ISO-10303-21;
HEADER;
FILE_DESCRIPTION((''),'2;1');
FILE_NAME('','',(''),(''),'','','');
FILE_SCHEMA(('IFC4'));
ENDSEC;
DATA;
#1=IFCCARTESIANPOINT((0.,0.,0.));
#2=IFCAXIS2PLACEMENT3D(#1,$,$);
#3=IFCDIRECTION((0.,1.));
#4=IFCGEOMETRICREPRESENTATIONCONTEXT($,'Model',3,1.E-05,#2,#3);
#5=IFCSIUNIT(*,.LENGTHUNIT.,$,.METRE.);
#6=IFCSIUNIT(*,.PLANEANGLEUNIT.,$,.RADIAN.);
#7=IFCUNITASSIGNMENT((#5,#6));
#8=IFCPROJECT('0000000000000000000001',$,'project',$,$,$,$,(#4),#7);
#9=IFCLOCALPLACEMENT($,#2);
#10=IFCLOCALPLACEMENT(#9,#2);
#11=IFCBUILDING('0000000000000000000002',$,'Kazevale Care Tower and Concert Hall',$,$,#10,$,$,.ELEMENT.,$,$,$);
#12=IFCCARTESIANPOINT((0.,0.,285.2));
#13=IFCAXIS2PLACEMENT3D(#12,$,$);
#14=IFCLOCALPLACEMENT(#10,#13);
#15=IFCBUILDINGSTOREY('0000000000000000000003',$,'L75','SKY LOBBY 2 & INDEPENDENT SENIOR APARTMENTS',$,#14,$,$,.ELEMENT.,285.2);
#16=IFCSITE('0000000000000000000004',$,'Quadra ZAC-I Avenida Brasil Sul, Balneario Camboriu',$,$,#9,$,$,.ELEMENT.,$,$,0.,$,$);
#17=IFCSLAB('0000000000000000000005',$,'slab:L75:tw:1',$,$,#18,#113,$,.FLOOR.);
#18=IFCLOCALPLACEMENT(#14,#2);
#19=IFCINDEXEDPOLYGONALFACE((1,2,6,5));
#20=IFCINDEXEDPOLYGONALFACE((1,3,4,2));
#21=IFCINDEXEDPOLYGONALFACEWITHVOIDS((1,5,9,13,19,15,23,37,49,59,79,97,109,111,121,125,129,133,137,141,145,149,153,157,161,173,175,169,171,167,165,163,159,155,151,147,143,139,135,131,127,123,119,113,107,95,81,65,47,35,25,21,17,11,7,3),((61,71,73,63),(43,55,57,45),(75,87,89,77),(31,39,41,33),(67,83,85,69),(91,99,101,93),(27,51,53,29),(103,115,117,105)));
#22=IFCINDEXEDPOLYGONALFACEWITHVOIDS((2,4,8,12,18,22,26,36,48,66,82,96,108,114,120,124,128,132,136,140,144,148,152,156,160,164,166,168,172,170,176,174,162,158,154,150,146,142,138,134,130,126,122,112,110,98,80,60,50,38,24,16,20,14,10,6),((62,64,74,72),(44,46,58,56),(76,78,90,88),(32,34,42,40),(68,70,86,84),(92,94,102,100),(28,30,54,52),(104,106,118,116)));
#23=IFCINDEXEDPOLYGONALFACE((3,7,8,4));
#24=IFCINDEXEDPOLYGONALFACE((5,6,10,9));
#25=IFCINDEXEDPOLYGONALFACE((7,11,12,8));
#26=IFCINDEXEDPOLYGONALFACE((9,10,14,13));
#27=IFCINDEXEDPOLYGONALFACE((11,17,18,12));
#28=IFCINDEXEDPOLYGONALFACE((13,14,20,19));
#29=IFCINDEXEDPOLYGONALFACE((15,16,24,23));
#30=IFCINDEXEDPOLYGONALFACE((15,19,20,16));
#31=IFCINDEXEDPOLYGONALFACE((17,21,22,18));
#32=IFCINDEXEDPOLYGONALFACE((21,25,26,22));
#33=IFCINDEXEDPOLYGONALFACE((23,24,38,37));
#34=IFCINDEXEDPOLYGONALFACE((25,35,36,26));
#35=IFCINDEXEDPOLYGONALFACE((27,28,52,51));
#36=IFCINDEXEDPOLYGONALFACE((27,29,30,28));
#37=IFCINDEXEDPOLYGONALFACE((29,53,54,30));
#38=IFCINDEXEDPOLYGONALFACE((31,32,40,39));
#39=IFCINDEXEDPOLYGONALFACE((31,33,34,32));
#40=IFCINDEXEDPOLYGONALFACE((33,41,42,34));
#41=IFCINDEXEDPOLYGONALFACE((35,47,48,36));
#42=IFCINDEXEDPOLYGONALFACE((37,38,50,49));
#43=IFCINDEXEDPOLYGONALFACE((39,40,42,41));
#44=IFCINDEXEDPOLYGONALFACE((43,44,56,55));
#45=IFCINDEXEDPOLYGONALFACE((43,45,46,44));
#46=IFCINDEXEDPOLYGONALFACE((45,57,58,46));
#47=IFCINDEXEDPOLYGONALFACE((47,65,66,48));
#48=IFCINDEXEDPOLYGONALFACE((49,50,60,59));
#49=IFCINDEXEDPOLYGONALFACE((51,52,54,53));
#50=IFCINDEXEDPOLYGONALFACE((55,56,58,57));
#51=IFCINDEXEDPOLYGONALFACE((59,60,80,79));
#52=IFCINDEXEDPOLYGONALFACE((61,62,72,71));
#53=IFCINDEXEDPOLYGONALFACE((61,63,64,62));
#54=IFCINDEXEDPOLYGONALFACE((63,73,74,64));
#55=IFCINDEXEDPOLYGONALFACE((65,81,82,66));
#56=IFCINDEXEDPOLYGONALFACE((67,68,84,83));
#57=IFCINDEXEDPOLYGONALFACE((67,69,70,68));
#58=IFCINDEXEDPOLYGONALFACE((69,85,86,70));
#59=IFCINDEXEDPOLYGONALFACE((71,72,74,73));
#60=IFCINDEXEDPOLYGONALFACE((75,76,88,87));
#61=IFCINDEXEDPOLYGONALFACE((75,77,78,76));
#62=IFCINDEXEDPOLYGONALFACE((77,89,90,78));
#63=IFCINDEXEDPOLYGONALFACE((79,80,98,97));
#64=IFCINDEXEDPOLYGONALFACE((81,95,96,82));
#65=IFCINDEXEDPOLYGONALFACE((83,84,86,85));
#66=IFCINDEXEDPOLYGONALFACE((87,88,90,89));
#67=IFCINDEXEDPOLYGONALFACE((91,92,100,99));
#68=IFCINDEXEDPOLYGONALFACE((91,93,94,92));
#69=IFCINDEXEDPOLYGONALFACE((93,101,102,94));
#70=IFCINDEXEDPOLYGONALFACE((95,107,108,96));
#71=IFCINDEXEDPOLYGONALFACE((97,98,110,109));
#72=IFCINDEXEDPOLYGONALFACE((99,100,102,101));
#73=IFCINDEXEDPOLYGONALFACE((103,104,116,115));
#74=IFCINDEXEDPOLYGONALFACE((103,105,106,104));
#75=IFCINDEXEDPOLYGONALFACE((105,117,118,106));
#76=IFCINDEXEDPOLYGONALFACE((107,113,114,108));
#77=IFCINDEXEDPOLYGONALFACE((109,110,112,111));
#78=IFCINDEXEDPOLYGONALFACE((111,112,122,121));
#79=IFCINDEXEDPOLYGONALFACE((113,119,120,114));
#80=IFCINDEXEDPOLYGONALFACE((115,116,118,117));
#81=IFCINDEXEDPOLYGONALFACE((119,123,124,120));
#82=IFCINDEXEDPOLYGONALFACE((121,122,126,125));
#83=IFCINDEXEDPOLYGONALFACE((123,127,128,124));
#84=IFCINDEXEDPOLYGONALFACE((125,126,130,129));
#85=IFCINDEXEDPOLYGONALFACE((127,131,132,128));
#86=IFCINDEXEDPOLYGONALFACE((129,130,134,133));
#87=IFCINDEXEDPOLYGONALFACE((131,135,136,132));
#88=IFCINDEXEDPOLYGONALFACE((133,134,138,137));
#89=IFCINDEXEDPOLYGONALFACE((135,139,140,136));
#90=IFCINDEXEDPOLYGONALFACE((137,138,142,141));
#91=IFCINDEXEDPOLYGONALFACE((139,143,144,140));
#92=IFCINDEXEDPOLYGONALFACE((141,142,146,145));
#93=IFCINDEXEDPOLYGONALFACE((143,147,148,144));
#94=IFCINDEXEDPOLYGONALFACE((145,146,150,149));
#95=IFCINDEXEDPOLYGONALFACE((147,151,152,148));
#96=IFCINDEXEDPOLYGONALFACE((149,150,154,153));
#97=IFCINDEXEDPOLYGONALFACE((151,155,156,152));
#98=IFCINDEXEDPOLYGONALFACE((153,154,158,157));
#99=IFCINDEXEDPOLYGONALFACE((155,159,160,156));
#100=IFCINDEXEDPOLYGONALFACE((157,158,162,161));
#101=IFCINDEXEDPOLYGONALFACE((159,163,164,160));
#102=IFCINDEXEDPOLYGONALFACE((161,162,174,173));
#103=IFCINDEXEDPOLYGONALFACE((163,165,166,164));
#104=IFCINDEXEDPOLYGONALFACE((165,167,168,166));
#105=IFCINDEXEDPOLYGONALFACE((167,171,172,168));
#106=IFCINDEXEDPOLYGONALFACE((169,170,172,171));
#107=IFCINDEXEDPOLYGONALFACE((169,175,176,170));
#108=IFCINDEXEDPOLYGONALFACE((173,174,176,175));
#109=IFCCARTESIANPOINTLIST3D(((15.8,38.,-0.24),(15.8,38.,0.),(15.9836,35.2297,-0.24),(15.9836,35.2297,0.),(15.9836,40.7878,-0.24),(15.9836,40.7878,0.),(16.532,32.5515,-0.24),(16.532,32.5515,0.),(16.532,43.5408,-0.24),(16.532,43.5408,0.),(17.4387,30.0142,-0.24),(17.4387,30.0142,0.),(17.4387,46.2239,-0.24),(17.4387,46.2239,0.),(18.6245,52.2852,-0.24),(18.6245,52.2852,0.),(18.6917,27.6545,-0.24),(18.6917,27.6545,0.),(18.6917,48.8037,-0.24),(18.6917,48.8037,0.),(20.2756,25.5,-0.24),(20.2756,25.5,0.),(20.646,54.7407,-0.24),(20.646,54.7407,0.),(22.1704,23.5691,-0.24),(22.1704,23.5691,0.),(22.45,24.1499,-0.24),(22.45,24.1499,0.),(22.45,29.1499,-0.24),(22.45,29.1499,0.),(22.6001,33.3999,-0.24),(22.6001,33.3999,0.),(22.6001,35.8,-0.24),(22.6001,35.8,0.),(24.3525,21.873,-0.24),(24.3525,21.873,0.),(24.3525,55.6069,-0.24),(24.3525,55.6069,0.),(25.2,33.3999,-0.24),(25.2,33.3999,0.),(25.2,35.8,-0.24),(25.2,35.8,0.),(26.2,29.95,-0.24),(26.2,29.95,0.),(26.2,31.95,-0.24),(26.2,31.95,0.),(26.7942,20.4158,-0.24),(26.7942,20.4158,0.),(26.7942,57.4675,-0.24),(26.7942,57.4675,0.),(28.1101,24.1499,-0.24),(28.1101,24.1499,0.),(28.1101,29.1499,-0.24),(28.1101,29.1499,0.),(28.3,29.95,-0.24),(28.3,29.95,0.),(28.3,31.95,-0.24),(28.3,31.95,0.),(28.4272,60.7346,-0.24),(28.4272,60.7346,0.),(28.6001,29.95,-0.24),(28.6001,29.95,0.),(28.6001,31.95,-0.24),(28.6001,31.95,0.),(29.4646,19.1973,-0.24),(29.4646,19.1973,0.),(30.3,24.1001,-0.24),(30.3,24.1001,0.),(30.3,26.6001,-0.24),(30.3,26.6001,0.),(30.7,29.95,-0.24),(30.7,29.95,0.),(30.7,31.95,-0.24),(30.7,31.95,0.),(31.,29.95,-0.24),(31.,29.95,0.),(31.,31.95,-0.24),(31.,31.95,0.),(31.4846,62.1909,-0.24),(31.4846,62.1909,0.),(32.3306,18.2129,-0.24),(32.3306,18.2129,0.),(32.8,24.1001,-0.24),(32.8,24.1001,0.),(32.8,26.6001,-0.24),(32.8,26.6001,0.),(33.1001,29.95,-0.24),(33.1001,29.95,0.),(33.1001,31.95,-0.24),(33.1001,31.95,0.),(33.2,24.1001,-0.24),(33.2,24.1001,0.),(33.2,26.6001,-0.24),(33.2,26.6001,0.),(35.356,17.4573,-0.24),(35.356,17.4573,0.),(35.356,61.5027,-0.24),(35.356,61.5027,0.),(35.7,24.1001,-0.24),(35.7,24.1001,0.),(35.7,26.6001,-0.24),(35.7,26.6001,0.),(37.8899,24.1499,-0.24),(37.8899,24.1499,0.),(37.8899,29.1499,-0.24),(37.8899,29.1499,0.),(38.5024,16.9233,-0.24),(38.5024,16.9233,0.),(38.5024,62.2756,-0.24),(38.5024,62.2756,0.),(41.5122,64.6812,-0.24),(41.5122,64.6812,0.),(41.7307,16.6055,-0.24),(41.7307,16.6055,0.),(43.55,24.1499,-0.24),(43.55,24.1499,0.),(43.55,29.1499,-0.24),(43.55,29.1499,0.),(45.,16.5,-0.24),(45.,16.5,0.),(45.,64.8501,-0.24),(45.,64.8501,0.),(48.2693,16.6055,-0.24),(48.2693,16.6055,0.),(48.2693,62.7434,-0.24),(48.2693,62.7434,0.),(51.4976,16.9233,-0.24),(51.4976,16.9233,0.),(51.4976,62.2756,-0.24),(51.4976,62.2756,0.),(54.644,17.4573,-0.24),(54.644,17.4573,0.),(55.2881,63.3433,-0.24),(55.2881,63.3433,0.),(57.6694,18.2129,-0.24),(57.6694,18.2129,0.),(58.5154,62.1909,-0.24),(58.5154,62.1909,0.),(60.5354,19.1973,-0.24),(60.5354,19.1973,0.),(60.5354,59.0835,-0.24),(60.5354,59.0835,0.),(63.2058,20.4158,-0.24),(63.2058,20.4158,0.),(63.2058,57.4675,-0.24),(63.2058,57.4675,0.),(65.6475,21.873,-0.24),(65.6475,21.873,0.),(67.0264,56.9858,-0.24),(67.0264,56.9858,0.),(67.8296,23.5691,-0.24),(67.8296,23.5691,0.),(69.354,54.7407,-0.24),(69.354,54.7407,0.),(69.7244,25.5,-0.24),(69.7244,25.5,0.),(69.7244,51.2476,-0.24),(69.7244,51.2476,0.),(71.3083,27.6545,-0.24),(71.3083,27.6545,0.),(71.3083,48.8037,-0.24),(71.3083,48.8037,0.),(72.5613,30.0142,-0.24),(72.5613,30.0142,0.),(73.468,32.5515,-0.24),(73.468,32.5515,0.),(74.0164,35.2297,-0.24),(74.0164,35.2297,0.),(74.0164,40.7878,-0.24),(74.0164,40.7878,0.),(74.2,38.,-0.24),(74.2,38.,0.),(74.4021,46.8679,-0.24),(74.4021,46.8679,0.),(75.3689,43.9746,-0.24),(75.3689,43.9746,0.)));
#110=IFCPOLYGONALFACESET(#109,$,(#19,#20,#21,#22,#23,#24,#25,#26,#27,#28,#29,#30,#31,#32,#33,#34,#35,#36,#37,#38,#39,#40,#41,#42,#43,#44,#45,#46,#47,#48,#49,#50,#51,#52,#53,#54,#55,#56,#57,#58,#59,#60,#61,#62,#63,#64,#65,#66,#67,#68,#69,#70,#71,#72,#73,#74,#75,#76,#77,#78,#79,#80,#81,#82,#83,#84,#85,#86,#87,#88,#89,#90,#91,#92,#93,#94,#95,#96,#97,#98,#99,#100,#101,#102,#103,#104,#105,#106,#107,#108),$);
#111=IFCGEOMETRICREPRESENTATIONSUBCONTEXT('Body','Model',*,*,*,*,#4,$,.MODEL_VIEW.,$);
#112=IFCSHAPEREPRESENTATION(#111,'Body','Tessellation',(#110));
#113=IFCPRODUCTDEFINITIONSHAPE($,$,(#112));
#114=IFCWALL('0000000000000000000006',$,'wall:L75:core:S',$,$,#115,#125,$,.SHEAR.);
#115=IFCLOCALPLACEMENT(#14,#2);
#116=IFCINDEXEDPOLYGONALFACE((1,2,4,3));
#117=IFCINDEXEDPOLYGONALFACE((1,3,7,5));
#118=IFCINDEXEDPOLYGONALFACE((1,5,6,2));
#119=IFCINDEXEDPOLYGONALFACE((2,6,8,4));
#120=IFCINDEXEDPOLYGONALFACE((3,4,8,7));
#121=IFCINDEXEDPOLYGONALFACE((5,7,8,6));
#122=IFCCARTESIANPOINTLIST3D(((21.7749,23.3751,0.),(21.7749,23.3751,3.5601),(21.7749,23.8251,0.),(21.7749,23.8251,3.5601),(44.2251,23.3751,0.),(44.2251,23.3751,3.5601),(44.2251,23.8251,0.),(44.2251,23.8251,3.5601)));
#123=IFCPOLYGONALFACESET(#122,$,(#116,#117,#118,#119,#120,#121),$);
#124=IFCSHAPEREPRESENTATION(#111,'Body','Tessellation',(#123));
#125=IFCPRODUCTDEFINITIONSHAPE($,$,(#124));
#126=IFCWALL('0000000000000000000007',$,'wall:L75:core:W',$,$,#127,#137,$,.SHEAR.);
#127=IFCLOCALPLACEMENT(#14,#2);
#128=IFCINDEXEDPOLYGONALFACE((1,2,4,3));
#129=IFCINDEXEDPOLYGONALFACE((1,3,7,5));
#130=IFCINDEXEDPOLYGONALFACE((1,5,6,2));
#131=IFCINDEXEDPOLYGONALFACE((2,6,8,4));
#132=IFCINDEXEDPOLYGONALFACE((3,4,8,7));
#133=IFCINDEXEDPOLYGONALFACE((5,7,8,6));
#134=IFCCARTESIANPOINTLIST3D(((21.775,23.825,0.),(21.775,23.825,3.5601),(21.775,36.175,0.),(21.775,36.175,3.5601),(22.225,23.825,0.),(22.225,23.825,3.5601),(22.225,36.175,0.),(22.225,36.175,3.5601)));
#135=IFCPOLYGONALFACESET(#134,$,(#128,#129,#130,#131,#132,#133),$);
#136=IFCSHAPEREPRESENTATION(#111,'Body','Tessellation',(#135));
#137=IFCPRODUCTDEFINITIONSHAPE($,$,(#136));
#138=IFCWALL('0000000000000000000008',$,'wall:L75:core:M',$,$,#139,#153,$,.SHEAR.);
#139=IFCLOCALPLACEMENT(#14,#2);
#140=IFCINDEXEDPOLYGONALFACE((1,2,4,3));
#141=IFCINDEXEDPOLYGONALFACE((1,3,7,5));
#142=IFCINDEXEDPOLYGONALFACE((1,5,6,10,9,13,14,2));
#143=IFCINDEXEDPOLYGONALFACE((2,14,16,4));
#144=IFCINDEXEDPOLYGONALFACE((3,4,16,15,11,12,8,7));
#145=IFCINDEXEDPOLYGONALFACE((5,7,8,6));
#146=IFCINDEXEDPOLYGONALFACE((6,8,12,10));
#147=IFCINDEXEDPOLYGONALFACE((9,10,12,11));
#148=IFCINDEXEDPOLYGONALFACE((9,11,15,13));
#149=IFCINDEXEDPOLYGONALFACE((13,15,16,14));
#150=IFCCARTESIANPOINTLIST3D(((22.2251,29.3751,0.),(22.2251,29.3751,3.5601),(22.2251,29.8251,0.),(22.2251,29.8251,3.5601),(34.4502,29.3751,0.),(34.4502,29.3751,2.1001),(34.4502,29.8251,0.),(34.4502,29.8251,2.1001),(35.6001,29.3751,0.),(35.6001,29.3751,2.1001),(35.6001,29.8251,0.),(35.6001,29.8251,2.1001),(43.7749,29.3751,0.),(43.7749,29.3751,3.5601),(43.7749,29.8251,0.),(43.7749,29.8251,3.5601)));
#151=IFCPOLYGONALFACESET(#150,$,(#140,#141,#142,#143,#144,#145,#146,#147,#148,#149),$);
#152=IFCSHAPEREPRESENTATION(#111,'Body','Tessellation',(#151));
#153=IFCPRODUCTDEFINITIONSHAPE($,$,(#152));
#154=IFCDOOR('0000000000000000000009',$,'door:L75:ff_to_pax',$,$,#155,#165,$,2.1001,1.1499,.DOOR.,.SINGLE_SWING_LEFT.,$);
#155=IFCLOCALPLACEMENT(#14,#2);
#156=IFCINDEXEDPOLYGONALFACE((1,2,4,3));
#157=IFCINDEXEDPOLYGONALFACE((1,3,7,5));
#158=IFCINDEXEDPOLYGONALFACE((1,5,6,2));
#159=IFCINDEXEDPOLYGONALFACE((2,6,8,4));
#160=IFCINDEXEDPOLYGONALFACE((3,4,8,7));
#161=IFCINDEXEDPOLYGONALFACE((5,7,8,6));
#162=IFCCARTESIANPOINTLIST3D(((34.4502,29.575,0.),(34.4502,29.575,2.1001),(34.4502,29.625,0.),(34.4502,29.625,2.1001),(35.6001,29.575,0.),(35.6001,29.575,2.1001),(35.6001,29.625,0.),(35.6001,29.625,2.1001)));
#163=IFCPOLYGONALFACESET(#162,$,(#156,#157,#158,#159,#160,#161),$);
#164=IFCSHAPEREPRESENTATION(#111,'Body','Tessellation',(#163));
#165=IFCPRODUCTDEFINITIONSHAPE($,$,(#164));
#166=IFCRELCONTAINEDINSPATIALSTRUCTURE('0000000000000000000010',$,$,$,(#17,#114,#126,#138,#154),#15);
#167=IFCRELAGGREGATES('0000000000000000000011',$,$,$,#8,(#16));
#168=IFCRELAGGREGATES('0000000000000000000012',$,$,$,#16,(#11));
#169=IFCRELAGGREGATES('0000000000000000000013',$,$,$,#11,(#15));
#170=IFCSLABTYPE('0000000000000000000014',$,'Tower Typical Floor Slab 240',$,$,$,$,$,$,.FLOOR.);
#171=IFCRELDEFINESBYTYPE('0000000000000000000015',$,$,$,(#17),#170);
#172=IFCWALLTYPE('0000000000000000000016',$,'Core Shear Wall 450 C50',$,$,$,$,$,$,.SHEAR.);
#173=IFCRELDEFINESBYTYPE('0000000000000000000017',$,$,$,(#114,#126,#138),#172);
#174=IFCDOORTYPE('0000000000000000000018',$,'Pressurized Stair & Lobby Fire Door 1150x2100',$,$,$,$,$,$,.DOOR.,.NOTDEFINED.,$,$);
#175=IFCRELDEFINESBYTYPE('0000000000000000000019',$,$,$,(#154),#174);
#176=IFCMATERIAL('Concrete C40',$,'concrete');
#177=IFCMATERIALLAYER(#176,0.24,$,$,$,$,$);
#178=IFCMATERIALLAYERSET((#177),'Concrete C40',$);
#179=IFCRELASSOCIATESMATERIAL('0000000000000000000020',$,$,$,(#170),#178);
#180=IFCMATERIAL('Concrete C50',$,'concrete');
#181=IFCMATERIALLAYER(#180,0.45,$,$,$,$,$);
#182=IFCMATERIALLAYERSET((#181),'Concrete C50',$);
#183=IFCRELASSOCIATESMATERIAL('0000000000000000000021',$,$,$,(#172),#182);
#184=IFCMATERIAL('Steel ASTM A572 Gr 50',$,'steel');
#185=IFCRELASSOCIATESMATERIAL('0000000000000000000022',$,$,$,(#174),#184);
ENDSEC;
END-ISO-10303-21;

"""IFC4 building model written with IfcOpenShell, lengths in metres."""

from ifc_helpers import new_model, si_unit, direction, frame, frame_2d, origin, place, context, subcontext, project, spatial, polyline, rectangle, outline, extrude, material, layer, layer_set, type_object, element, fill, save


model = new_model("IFC4")

# Units and contexts
model_context = context("Model", 3, precision=1e-05, world=origin(), true_north=direction((0.0, 1.0)))
body_context = subcontext(model_context, "Body", "Model", "MODEL_VIEW")
ifc_project = project(units=[si_unit("LENGTHUNIT", "METRE"), si_unit("PLANEANGLEUNIT", "RADIAN")], contexts=[model_context])

# Site, building, storey
site_placement = place(None, origin())
site = spatial("IfcSite", under=ifc_project, at=site_placement, Name="Quadra ZAC-I Avenida Brasil Sul, Balneario Camboriu", CompositionType="ELEMENT", RefElevation=0.0)
building_placement = place(site_placement, origin())
building = spatial("IfcBuilding", under=site, at=building_placement, Name="Kazevale Care Tower and Concert Hall", CompositionType="ELEMENT")
storey_placement = place(building_placement, frame((0.0, 0.0, 285.2)))
storey = spatial("IfcBuildingStorey", under=building, at=storey_placement, Name="L75", Description="SKY LOBBY 2 & INDEPENDENT SENIOR APARTMENTS", CompositionType="ELEMENT", Elevation=285.2)

# Shared definitions
ifc_material_1 = material(Name="Concrete C50", Category="concrete")

# Shared definitions
ifc_material_2 = material(Name="Steel ASTM A572 Gr 50", Category="steel")

# Shared definitions
ifc_material_3 = material(Name="Concrete C40", Category="concrete")

# Slab
ifc_layer_1 = layer(ifc_material_3, 0.24)
ifc_layer_set_1 = layer_set([ifc_layer_1], Name="Concrete C40")
slab_type_1 = type_object("IfcSlabType", Name="Tower Typical Floor Slab 240", PredefinedType="FLOOR", material=ifc_layer_set_1)
slab_1_placement = place(storey_placement, frame((0.0, 0.0, -0.24)))
element("IfcSlab", 1, at=slab_1_placement, inside=storey, type_object=slab_type_1, Name="slab:L75:tw:1", PredefinedType="FLOOR", context=body_context, shape_type="SweptSolid", body=[
    extrude(outline(polyline([(74.2, 38.0), (74.0164, 40.7878), (75.3689, 43.9746), (74.4021, 46.8679), (71.3083, 48.8037), (69.7244, 51.2476), (69.354, 54.7407), (67.0264, 56.9858), (63.2058, 57.4675), (60.5354, 59.0835), (58.5154, 62.1909), (55.2881, 63.3433), (51.4976, 62.2756), (48.2693, 62.7434), (45.0, 64.8501), (41.5122, 64.6812), (38.5024, 62.2756), (35.356, 61.5027), (31.4846, 62.1909), (28.4272, 60.7346), (26.7942, 57.4675), (24.3525, 55.6069), (20.646, 54.7407), (18.6245, 52.2852), (18.6917, 48.8037), (17.4387, 46.2239), (16.532, 43.5408), (15.9836, 40.7878), (15.8, 38.0), (15.9836, 35.2297), (16.532, 32.5515), (17.4387, 30.0142), (18.6917, 27.6545), (20.2756, 25.5), (22.1704, 23.5691), (24.3525, 21.873), (26.7942, 20.4158), (29.4646, 19.1973), (32.3306, 18.2129), (35.356, 17.4573), (38.5024, 16.9233), (41.7307, 16.6055), (45.0, 16.5), (48.2693, 16.6055), (51.4976, 16.9233), (54.644, 17.4573), (57.6694, 18.2129), (60.5354, 19.1973), (63.2058, 20.4158), (65.6475, 21.873), (67.8296, 23.5691), (69.7244, 25.5), (71.3083, 27.6545), (72.5613, 30.0142), (73.468, 32.5515), (74.0164, 35.2297), (74.2, 38.0)]), holes=[polyline([(22.45, 24.1499), (28.1101, 24.1499), (28.1101, 29.1499), (22.45, 29.1499), (22.45, 24.1499)]), polyline([(37.8899, 24.1499), (43.55, 24.1499), (43.55, 29.1499), (37.8899, 29.1499), (37.8899, 24.1499)]), polyline([(30.3, 24.1001), (32.8, 24.1001), (32.8, 26.6001), (30.3, 26.6001), (30.3, 24.1001)]), polyline([(33.2, 24.1001), (35.7, 24.1001), (35.7, 26.6001), (33.2, 26.6001), (33.2, 24.1001)]), polyline([(22.6001, 33.3999), (25.2, 33.3999), (25.2, 35.8), (22.6001, 35.8), (22.6001, 33.3999)]), polyline([(26.2, 29.95), (28.3, 29.95), (28.3, 31.95), (26.2, 31.95), (26.2, 29.95)]), polyline([(28.6001, 29.95), (30.7, 29.95), (30.7, 31.95), (28.6001, 31.95), (28.6001, 29.95)]), polyline([(31.0, 29.95), (33.1001, 29.95), (33.1001, 31.95), (31.0, 31.95), (31.0, 29.95)])]), origin(), (0.0, 0.0, 1.0), 0.24),
])

# Walls
ifc_layer_2 = layer(ifc_material_1, 0.45)
ifc_layer_set_2 = layer_set([ifc_layer_2], Name="Concrete C50")
wall_type_1 = type_object("IfcWallType", Name="Core Shear Wall 450 C50", PredefinedType="SHEAR", material=ifc_layer_set_2)
wall_1_placement = place(storey_placement, frame((21.7749, 23.6001, 0.0), z_axis=(0.0, 0.0, 1.0), x_axis=(1.0, 0.0, 0.0)))
element("IfcWall", 2, at=wall_1_placement, inside=storey, type_object=wall_type_1, Name="wall:L75:core:S", PredefinedType="SHEAR", context=body_context, shape_type="SweptSolid", body=[
    extrude(rectangle(XDim=22.4502, YDim=0.45, at=frame_2d((11.2251, 0.0))), origin(), (0.0, 0.0, 1.0), 3.5601),
])
wall_2_placement = place(storey_placement, frame((22.0, 23.825, 0.0), z_axis=(0.0, 0.0, 1.0), x_axis=(0.0, 1.0, 0.0)))
element("IfcWall", 3, at=wall_2_placement, inside=storey, type_object=wall_type_1, Name="wall:L75:core:W", PredefinedType="SHEAR", context=body_context, shape_type="SweptSolid", body=[
    extrude(rectangle(XDim=12.3501, YDim=0.45, at=frame_2d((6.175, 0.0))), origin(), (0.0, 0.0, 1.0), 3.5601),
])

# Wall, opening, door
wall_3_placement = place(storey_placement, frame((22.2251, 29.6001, 0.0), z_axis=(0.0, 0.0, 1.0), x_axis=(1.0, 0.0, 0.0)))
wall_3 = element("IfcWall", 4, at=wall_3_placement, inside=storey, type_object=wall_type_1, Name="wall:L75:core:M", PredefinedType="SHEAR", context=body_context, shape_type="SweptSolid", body=[
    extrude(rectangle(XDim=21.5498, YDim=0.45, at=frame_2d((10.7749, 0.0))), origin(), (0.0, 0.0, 1.0), 3.5601),
])
opening_1_placement = place(wall_3_placement, frame((12.2251, 0.0, 0.0)))
opening_1 = element("IfcOpeningElement", 5, at=opening_1_placement, cuts=wall_3, PredefinedType="OPENING", context=body_context, shape_type="SweptSolid", body=[
    extrude(rectangle(XDim=1.1499, YDim=2.1001, at=frame_2d((0.575, 1.05))), frame((0.0, 0.2349, 0.0), z_axis=(0.0, -1.0, 0.0), x_axis=(1.0, 0.0, 0.0)), (0.0, 0.0, 1.0), 0.47),
])
door_type_1 = type_object("IfcDoorType", Name="Pressurized Stair & Lobby Fire Door 1150x2100", OperationType="NOTDEFINED", PredefinedType="DOOR", material=ifc_material_2)
door_1_placement = place(opening_1_placement, origin())
door_1 = element("IfcDoor", 6, at=door_1_placement, inside=storey, type_object=door_type_1, Name="door:L75:ff_to_pax", OperationType="SINGLE_SWING_LEFT", OverallHeight=2.1001, OverallWidth=1.1499, PredefinedType="DOOR", context=body_context, shape_type="SweptSolid", body=[
    extrude(rectangle(XDim=1.1499, YDim=2.1001, at=frame_2d((0.575, 1.05))), frame((0.0, 0.0249, 0.0), z_axis=(0.0, -1.0, 0.0), x_axis=(1.0, 0.0, 0.0)), (0.0, 0.0, 1.0), 0.05),
])
fill(opening_1, door_1)

save(model, "model.ifc")
